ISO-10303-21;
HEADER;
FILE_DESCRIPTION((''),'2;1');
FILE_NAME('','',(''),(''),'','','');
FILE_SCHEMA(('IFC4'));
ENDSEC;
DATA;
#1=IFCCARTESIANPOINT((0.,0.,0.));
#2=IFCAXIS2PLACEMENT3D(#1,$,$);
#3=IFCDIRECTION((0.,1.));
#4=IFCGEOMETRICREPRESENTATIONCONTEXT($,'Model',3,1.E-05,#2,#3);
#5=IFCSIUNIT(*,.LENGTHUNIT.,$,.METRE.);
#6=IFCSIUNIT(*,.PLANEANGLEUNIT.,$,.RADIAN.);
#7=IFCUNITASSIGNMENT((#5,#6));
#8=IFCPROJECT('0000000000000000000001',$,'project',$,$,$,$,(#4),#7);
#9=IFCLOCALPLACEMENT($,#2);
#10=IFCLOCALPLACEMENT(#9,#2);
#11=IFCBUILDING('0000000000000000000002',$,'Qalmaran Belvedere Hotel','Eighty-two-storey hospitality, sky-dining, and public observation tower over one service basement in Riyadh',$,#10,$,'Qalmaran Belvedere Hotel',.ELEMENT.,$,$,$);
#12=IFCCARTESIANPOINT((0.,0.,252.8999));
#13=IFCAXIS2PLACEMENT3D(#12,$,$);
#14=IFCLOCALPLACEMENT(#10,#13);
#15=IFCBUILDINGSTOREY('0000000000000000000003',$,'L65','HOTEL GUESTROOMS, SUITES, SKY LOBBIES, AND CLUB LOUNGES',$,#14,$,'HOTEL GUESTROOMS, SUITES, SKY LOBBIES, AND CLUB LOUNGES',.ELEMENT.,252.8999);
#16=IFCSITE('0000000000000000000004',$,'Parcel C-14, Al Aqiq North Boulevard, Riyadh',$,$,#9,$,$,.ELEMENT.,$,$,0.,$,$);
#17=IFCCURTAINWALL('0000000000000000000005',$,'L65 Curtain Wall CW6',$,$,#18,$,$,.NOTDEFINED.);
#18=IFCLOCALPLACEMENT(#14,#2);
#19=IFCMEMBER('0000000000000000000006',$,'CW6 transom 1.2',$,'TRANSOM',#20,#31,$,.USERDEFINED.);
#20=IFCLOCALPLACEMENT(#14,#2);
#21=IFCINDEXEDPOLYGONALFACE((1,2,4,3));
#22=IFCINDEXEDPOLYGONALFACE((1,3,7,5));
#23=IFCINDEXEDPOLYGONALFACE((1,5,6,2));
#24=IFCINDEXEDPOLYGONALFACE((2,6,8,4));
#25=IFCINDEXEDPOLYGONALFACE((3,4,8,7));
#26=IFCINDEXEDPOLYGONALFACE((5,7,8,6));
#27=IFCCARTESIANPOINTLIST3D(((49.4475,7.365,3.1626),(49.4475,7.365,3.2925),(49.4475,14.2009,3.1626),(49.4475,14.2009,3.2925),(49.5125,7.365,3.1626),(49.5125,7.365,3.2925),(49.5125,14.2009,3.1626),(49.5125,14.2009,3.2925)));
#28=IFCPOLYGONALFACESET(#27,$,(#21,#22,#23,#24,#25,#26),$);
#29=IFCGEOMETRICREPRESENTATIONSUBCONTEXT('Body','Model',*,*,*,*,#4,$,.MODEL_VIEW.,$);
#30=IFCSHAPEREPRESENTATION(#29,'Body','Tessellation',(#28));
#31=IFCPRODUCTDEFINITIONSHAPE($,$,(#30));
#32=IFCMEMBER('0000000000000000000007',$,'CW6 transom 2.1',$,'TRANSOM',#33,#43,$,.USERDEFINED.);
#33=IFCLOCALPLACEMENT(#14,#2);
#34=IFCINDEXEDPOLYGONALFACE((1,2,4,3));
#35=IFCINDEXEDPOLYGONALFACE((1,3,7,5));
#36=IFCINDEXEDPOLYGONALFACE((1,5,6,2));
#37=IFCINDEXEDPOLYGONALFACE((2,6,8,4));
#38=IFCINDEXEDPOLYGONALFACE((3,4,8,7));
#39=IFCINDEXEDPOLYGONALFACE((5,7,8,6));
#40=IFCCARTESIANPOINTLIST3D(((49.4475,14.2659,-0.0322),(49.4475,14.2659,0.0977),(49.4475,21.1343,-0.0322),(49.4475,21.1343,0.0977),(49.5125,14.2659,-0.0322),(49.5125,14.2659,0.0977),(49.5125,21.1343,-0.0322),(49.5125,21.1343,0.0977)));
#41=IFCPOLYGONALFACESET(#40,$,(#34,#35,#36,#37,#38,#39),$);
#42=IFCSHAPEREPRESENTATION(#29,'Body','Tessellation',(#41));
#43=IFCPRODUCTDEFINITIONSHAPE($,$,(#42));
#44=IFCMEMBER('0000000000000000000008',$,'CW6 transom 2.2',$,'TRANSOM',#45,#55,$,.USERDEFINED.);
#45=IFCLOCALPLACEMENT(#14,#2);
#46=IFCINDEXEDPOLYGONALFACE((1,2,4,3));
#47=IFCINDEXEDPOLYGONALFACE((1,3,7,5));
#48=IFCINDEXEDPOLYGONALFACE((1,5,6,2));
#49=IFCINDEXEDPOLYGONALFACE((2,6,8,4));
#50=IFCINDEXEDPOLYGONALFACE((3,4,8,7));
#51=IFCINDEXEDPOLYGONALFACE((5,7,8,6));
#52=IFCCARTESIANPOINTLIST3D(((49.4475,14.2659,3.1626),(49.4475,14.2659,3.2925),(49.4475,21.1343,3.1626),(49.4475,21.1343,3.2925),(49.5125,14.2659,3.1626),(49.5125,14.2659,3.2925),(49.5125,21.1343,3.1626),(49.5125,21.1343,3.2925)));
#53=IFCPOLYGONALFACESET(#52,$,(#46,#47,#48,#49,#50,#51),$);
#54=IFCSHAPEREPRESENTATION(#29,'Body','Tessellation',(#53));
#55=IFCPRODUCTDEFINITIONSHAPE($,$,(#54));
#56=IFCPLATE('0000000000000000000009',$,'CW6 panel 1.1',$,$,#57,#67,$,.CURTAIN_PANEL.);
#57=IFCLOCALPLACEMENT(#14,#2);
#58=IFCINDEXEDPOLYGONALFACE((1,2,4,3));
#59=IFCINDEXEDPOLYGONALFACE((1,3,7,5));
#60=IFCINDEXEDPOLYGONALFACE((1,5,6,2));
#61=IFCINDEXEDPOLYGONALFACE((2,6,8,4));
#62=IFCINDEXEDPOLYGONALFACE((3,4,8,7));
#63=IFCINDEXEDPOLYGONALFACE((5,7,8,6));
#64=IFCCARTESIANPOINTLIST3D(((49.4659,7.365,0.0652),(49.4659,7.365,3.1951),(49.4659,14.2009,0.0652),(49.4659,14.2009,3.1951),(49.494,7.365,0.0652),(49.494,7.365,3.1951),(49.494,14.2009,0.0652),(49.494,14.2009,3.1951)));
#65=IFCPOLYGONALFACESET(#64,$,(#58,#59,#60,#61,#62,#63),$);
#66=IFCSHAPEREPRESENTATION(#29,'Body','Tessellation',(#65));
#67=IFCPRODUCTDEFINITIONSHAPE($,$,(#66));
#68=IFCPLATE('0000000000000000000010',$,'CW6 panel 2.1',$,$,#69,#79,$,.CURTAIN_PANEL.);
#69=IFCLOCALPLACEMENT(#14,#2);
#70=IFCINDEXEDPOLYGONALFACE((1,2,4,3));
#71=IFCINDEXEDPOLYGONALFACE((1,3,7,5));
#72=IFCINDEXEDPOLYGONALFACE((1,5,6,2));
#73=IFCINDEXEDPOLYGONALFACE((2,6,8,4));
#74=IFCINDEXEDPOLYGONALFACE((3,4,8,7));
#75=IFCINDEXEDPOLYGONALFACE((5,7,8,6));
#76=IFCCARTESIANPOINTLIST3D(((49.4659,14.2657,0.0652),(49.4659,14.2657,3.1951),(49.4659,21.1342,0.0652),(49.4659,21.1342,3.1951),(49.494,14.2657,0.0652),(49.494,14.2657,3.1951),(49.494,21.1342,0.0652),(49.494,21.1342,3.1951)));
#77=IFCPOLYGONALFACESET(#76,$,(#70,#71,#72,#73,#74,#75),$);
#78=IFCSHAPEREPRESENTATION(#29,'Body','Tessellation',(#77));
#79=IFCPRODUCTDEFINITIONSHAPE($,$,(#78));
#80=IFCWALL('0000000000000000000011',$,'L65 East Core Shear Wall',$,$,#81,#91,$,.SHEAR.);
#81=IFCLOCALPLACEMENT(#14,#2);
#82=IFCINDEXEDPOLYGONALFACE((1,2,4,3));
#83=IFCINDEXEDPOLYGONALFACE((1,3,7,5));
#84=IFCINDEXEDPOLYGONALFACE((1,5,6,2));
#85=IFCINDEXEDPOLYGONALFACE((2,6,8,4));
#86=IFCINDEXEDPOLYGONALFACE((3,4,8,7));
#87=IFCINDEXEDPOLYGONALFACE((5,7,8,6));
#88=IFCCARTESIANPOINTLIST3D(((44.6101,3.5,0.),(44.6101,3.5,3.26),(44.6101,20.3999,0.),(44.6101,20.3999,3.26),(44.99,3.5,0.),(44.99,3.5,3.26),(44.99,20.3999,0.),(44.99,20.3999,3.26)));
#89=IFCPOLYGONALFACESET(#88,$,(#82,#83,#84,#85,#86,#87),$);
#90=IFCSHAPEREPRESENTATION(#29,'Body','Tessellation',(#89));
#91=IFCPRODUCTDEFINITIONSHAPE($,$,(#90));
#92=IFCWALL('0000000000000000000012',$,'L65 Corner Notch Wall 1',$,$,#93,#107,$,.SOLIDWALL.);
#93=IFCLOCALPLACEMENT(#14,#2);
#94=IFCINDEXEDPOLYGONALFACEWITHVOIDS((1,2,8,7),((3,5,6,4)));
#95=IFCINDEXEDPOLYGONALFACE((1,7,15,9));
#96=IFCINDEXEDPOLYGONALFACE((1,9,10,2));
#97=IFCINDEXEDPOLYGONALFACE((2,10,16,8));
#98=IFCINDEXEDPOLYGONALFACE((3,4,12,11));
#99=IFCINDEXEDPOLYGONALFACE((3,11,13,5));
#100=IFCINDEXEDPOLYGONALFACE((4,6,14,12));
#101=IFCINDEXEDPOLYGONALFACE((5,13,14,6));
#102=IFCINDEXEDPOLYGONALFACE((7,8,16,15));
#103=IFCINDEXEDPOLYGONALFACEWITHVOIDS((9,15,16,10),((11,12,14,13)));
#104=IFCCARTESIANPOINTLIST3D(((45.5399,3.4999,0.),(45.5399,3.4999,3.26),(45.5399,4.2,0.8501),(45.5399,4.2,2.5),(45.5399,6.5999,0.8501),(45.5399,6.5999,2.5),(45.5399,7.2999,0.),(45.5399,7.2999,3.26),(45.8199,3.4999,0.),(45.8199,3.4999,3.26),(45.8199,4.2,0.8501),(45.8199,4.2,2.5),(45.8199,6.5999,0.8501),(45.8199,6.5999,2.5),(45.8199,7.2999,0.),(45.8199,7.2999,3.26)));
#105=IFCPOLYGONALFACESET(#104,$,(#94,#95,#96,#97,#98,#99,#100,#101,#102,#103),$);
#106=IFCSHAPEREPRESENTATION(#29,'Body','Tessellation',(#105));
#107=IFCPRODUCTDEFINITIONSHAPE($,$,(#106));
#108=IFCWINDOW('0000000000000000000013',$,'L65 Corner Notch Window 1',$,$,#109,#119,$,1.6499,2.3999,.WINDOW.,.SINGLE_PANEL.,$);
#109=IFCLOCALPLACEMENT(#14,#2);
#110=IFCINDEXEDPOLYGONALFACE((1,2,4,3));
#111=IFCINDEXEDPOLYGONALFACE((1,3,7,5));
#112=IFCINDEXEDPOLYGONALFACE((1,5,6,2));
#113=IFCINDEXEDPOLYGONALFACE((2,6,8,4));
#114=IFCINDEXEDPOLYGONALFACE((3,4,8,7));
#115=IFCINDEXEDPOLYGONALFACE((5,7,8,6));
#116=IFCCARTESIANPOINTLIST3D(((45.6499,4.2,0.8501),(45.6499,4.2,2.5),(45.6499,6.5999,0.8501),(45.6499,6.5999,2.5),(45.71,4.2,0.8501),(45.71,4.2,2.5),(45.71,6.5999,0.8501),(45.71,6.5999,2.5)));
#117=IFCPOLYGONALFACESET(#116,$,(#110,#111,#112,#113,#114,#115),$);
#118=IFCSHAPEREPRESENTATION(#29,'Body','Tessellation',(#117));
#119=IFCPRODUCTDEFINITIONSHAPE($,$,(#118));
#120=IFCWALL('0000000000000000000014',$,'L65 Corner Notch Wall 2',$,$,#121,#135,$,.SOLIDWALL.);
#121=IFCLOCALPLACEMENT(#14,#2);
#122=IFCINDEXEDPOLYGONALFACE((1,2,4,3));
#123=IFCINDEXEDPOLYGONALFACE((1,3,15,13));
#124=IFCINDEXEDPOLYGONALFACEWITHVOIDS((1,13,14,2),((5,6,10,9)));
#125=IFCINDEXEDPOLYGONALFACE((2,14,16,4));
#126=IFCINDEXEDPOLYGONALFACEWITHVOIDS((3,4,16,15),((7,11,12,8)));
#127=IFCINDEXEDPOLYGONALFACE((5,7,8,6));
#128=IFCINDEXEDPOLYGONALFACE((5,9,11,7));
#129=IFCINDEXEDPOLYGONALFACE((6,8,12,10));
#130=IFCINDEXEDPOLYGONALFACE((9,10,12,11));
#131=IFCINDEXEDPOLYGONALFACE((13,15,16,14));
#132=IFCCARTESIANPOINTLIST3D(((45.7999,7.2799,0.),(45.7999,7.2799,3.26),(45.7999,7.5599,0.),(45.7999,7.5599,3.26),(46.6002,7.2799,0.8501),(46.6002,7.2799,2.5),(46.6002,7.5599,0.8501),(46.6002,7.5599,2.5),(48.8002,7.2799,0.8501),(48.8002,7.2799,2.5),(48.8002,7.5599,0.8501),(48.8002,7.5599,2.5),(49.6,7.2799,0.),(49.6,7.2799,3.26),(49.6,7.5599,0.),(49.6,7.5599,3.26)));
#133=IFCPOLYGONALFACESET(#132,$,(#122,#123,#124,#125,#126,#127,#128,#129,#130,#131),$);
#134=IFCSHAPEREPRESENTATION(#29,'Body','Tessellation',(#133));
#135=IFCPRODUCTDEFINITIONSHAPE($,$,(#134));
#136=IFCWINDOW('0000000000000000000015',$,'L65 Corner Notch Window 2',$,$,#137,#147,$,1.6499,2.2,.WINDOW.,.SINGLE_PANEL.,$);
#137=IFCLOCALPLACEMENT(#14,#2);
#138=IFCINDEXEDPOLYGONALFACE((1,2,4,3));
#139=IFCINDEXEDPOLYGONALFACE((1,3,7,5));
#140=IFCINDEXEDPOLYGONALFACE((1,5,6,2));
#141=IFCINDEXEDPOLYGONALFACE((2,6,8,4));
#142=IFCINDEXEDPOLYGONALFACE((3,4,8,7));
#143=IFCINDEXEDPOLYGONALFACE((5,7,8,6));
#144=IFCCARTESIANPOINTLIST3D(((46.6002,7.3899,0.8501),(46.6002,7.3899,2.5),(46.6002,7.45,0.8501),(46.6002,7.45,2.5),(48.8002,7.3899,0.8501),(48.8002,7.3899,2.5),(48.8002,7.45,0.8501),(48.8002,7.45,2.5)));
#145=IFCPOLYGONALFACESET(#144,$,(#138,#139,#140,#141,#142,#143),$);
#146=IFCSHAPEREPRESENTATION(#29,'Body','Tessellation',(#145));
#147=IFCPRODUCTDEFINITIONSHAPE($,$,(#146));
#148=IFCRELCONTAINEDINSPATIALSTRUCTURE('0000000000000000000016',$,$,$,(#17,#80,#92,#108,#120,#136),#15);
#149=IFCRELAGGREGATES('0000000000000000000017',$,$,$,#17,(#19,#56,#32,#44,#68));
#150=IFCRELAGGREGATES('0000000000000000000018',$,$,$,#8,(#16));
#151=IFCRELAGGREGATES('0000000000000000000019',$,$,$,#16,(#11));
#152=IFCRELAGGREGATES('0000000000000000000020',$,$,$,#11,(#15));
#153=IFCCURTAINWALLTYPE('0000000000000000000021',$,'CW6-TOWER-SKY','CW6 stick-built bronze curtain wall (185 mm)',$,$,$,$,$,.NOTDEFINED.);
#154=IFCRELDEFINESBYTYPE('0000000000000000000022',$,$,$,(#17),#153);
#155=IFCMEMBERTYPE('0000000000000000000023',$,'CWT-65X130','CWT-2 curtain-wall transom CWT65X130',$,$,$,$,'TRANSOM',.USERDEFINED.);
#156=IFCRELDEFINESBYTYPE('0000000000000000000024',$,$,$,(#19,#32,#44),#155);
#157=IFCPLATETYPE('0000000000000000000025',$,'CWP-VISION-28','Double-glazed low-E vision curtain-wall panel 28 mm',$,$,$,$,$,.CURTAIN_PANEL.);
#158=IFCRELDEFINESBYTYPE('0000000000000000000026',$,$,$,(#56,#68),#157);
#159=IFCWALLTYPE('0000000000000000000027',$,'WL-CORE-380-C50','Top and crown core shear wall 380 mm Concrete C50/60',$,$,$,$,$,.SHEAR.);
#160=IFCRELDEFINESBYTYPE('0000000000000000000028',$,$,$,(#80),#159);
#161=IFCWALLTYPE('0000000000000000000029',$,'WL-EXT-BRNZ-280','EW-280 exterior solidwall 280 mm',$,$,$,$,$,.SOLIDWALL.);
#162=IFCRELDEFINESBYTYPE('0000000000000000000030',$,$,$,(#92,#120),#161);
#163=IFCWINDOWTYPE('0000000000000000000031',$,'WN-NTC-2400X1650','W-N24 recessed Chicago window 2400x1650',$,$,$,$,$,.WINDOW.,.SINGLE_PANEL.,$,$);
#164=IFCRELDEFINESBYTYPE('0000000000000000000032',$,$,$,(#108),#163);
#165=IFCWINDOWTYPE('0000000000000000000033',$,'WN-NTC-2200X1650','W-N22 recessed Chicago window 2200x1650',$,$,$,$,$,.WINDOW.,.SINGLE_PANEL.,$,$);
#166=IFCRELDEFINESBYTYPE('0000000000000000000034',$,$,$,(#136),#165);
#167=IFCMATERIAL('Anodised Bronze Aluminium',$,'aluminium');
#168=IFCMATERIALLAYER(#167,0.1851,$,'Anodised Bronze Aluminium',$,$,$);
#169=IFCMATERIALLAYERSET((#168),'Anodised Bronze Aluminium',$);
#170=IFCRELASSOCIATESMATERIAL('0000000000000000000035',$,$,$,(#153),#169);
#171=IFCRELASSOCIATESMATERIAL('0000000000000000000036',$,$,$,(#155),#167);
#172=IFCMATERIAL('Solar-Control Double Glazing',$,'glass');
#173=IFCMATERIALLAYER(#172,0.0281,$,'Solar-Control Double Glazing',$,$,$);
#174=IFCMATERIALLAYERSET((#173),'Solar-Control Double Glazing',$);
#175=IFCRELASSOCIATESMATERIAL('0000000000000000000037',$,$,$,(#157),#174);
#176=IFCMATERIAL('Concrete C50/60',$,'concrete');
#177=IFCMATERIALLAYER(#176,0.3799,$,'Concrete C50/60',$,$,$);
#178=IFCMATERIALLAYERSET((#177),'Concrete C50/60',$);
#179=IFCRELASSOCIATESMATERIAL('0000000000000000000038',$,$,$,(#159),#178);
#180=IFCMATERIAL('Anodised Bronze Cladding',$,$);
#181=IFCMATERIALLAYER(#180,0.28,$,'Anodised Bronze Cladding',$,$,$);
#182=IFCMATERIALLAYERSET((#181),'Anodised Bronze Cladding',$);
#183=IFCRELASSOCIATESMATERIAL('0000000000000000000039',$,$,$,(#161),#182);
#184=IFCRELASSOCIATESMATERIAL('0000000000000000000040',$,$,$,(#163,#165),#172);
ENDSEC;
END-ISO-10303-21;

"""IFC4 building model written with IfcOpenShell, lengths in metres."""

from ifc_helpers import new_model, si_unit, direction, frame, frame_2d, origin, origin_2d, place, context, subcontext, project, spatial, rectangle, extrude, material, layer, layer_set, material_profile, profile_set, type_object, element, fill, aggregate, save


model = new_model("IFC4")

# Units and contexts
model_context = context("Model", 3, precision=1e-05, world=origin(), true_north=direction((0.0, 1.0)))
body_context = subcontext(model_context, "Body", "Model", "MODEL_VIEW")
ifc_project = project(units=[si_unit("LENGTHUNIT", "METRE"), si_unit("PLANEANGLEUNIT", "RADIAN")], contexts=[model_context])

# Site, building, storey
site_placement = place(None, origin())
site = spatial("IfcSite", under=ifc_project, at=site_placement, Name="Parcel C-14, Al Aqiq North Boulevard, Riyadh", CompositionType="ELEMENT", RefElevation=0.0)
building_placement = place(site_placement, origin())
building = spatial("IfcBuilding", under=site, at=building_placement, Name="Qalmaran Belvedere Hotel", Description="Eighty-two-storey hospitality, sky-dining, and public observation tower over one service basement in Riyadh", LongName="Qalmaran Belvedere Hotel", CompositionType="ELEMENT")
storey_placement = place(building_placement, frame((0.0, 0.0, 252.8999)))
storey = spatial("IfcBuildingStorey", under=building, at=storey_placement, Name="L65", Description="HOTEL GUESTROOMS, SUITES, SKY LOBBIES, AND CLUB LOUNGES", LongName="HOTEL GUESTROOMS, SUITES, SKY LOBBIES, AND CLUB LOUNGES", CompositionType="ELEMENT", Elevation=252.8999)

# Shared definitions
ifc_material_1 = material(Name="Concrete C50/60", Category="concrete")

# Curtain wall, members, plates
ifc_material_2 = material(Name="Anodised Bronze Aluminium", Category="aluminium")
ifc_layer_1 = layer(ifc_material_2, 0.1851, Name="Anodised Bronze Aluminium")
ifc_layer_set_1 = layer_set([ifc_layer_1], Name="Anodised Bronze Aluminium")
curtain_wall_type = type_object("IfcCurtainWallType", Name="CW6-TOWER-SKY", Description="CW6 stick-built bronze curtain wall (185 mm)", PredefinedType="NOTDEFINED", material=ifc_layer_set_1)
curtain_wall_placement = place(storey_placement, origin())
curtain_wall = element("IfcCurtainWall", 1, at=curtain_wall_placement, inside=storey, type_object=curtain_wall_type, Name="L65 Curtain Wall CW6", PredefinedType="NOTDEFINED")
ifc_material_profile_1 = material_profile(ifc_material_2, rectangle(XDim=0.0649, YDim=0.1299, at=origin_2d()), Name="CWT65X130")
ifc_profile_set_1 = profile_set([ifc_material_profile_1], Name="Anodised Bronze Aluminium")
member_type_1 = type_object("IfcMemberType", Name="CWT-65X130", Description="CWT-2 curtain-wall transom CWT65X130", ElementType="TRANSOM", PredefinedType="USERDEFINED", material=ifc_profile_set_1)
member_1_placement = place(storey_placement, frame((49.48, 7.365, 3.2275), z_axis=(0.0, 1.0, 0.0), x_axis=(-1.0, 0.0, 0.0)))
member_1 = element("IfcMember", 2, at=member_1_placement, type_object=member_type_1, Name="CW6 transom 1.2", ObjectType="TRANSOM", PredefinedType="USERDEFINED", context=body_context, shape_type="SweptSolid", body=[
    extrude(rectangle(XDim=0.0649, YDim=0.1299, at=origin_2d()), origin(), (0.0, 0.0, 1.0), 6.8359),
])
member_2_placement = place(storey_placement, frame((49.48, 14.2659, 0.0327), z_axis=(0.0, 1.0, 0.0), x_axis=(-1.0, 0.0, 0.0)))
member_2 = element("IfcMember", 3, at=member_2_placement, type_object=member_type_1, Name="CW6 transom 2.1", ObjectType="TRANSOM", PredefinedType="USERDEFINED", context=body_context, shape_type="SweptSolid", body=[
    extrude(rectangle(XDim=0.0649, YDim=0.1299, at=origin_2d()), origin(), (0.0, 0.0, 1.0), 6.8684),
])
member_3_placement = place(storey_placement, frame((49.48, 14.2659, 3.2275), z_axis=(0.0, 1.0, 0.0), x_axis=(-1.0, 0.0, 0.0)))
member_3 = element("IfcMember", 4, at=member_3_placement, type_object=member_type_1, Name="CW6 transom 2.2", ObjectType="TRANSOM", PredefinedType="USERDEFINED", context=body_context, shape_type="SweptSolid", body=[
    extrude(rectangle(XDim=0.0649, YDim=0.1299, at=origin_2d()), origin(), (0.0, 0.0, 1.0), 6.8684),
])
ifc_material_3 = material(Name="Solar-Control Double Glazing", Category="glass")
ifc_layer_2 = layer(ifc_material_3, 0.0281, Name="Solar-Control Double Glazing")
ifc_layer_set_2 = layer_set([ifc_layer_2], Name="Solar-Control Double Glazing")
plate_type = type_object("IfcPlateType", Name="CWP-VISION-28", Description="Double-glazed low-E vision curtain-wall panel 28 mm", PredefinedType="CURTAIN_PANEL", material=ifc_layer_set_2)
plate_1_placement = place(storey_placement, frame((49.48, 10.783, 0.0652), z_axis=(0.0, 0.0, 1.0), x_axis=(0.0, 1.0, 0.0)))
plate_1 = element("IfcPlate", 5, at=plate_1_placement, type_object=plate_type, Name="CW6 panel 1.1", PredefinedType="CURTAIN_PANEL", context=body_context, shape_type="SweptSolid", body=[
    extrude(rectangle(XDim=6.8359, YDim=0.0281, at=origin_2d()), origin(), (0.0, 0.0, 1.0), 3.1299),
])
plate_2_placement = place(storey_placement, frame((49.48, 17.7, 0.0652), z_axis=(0.0, 0.0, 1.0), x_axis=(0.0, 1.0, 0.0)))
plate_2 = element("IfcPlate", 6, at=plate_2_placement, type_object=plate_type, Name="CW6 panel 2.1", PredefinedType="CURTAIN_PANEL", context=body_context, shape_type="SweptSolid", body=[
    extrude(rectangle(XDim=6.8684, YDim=0.0281, at=origin_2d()), origin(), (0.0, 0.0, 1.0), 3.1299),
])
aggregate(curtain_wall, [member_1, plate_1, member_2, member_3, plate_2])

# Wall
ifc_layer_3 = layer(ifc_material_1, 0.3799, Name="Concrete C50/60")
ifc_layer_set_3 = layer_set([ifc_layer_3], Name="Concrete C50/60")
wall_type_1 = type_object("IfcWallType", Name="WL-CORE-380-C50", Description="Top and crown core shear wall 380 mm Concrete C50/60", PredefinedType="SHEAR", material=ifc_layer_set_3)
wall_1_placement = place(storey_placement, frame((44.8, 3.5, 0.0), z_axis=(0.0, 0.0, 1.0), x_axis=(0.0, 1.0, 0.0)))
element("IfcWall", 7, at=wall_1_placement, inside=storey, type_object=wall_type_1, Name="L65 East Core Shear Wall", PredefinedType="SHEAR", context=body_context, shape_type="SweptSolid", body=[
    extrude(rectangle(XDim=16.8999, YDim=0.3799, at=frame_2d((8.45, 0.0))), origin(), (0.0, 0.0, 1.0), 3.26),
])

# Walls, openings, windows
ifc_material_4 = material(Name="Anodised Bronze Cladding")
ifc_layer_4 = layer(ifc_material_4, 0.28, Name="Anodised Bronze Cladding")
ifc_layer_set_4 = layer_set([ifc_layer_4], Name="Anodised Bronze Cladding")
wall_type_2 = type_object("IfcWallType", Name="WL-EXT-BRNZ-280", Description="EW-280 exterior solidwall 280 mm", PredefinedType="SOLIDWALL", material=ifc_layer_set_4)
wall_2_placement = place(storey_placement, frame((45.6799, 3.5, 0.0), z_axis=(0.0, 0.0, 1.0), x_axis=(0.0, 1.0, 0.0)))
wall_2 = element("IfcWall", 8, at=wall_2_placement, inside=storey, type_object=wall_type_2, Name="L65 Corner Notch Wall 1", PredefinedType="SOLIDWALL", context=body_context, shape_type="SweptSolid", body=[
    extrude(rectangle(XDim=3.8, YDim=0.28, at=frame_2d((1.8999, 0.0))), origin(), (0.0, 0.0, 1.0), 3.26),
])
opening_1_placement = place(wall_2_placement, frame((0.7, 0.0, 0.8501)))
opening_1 = element("IfcOpeningElement", 9, at=opening_1_placement, cuts=wall_2, PredefinedType="OPENING", context=body_context, shape_type="SweptSolid", body=[
    extrude(rectangle(XDim=2.3999, YDim=1.6499, at=frame_2d((1.2, 0.825))), frame((0.0, 0.1499, 0.0), z_axis=(0.0, -1.0, 0.0), x_axis=(1.0, 0.0, 0.0)), (0.0, 0.0, 1.0), 0.3),
])
window_type_1 = type_object("IfcWindowType", Name="WN-NTC-2400X1650", Description="W-N24 recessed Chicago window 2400x1650", PartitioningType="SINGLE_PANEL", PredefinedType="WINDOW", material=ifc_material_3)
window_1_placement = place(opening_1_placement, origin())
window_1 = element("IfcWindow", 10, at=window_1_placement, inside=storey, type_object=window_type_1, Name="L65 Corner Notch Window 1", OverallHeight=1.6499, OverallWidth=2.3999, PartitioningType="SINGLE_PANEL", PredefinedType="WINDOW", context=body_context, shape_type="SweptSolid", body=[
    extrude(rectangle(XDim=2.3999, YDim=1.6499, at=frame_2d((1.2, 0.825))), frame((0.0, 0.03, 0.0), z_axis=(0.0, -1.0, 0.0), x_axis=(1.0, 0.0, 0.0)), (0.0, 0.0, 1.0), 0.0601),
])
fill(opening_1, window_1)
wall_3_placement = place(storey_placement, frame((45.8, 7.4199, 0.0), z_axis=(0.0, 0.0, 1.0), x_axis=(1.0, 0.0, 0.0)))
wall_3 = element("IfcWall", 11, at=wall_3_placement, inside=storey, type_object=wall_type_2, Name="L65 Corner Notch Wall 2", PredefinedType="SOLIDWALL", context=body_context, shape_type="SweptSolid", body=[
    extrude(rectangle(XDim=3.8, YDim=0.28, at=frame_2d((1.8999, 0.0))), origin(), (0.0, 0.0, 1.0), 3.26),
])
opening_2_placement = place(wall_3_placement, frame((0.8, 0.0, 0.8501)))
opening_2 = element("IfcOpeningElement", 12, at=opening_2_placement, cuts=wall_3, PredefinedType="OPENING", context=body_context, shape_type="SweptSolid", body=[
    extrude(rectangle(XDim=2.2, YDim=1.6499, at=frame_2d((1.1001, 0.825))), frame((0.0, 0.1499, 0.0), z_axis=(0.0, -1.0, 0.0), x_axis=(1.0, 0.0, 0.0)), (0.0, 0.0, 1.0), 0.3),
])
window_type_2 = type_object("IfcWindowType", Name="WN-NTC-2200X1650", Description="W-N22 recessed Chicago window 2200x1650", PartitioningType="SINGLE_PANEL", PredefinedType="WINDOW", material=ifc_material_3)
window_2_placement = place(opening_2_placement, origin())
window_2 = element("IfcWindow", 13, at=window_2_placement, inside=storey, type_object=window_type_2, Name="L65 Corner Notch Window 2", OverallHeight=1.6499, OverallWidth=2.2, PartitioningType="SINGLE_PANEL", PredefinedType="WINDOW", context=body_context, shape_type="SweptSolid", body=[
    extrude(rectangle(XDim=2.2, YDim=1.6499, at=frame_2d((1.1001, 0.825))), frame((0.0, 0.03, 0.0), z_axis=(0.0, -1.0, 0.0), x_axis=(1.0, 0.0, 0.0)), (0.0, 0.0, 1.0), 0.0601),
])
fill(opening_2, window_2)

save(model, "model.ifc")
